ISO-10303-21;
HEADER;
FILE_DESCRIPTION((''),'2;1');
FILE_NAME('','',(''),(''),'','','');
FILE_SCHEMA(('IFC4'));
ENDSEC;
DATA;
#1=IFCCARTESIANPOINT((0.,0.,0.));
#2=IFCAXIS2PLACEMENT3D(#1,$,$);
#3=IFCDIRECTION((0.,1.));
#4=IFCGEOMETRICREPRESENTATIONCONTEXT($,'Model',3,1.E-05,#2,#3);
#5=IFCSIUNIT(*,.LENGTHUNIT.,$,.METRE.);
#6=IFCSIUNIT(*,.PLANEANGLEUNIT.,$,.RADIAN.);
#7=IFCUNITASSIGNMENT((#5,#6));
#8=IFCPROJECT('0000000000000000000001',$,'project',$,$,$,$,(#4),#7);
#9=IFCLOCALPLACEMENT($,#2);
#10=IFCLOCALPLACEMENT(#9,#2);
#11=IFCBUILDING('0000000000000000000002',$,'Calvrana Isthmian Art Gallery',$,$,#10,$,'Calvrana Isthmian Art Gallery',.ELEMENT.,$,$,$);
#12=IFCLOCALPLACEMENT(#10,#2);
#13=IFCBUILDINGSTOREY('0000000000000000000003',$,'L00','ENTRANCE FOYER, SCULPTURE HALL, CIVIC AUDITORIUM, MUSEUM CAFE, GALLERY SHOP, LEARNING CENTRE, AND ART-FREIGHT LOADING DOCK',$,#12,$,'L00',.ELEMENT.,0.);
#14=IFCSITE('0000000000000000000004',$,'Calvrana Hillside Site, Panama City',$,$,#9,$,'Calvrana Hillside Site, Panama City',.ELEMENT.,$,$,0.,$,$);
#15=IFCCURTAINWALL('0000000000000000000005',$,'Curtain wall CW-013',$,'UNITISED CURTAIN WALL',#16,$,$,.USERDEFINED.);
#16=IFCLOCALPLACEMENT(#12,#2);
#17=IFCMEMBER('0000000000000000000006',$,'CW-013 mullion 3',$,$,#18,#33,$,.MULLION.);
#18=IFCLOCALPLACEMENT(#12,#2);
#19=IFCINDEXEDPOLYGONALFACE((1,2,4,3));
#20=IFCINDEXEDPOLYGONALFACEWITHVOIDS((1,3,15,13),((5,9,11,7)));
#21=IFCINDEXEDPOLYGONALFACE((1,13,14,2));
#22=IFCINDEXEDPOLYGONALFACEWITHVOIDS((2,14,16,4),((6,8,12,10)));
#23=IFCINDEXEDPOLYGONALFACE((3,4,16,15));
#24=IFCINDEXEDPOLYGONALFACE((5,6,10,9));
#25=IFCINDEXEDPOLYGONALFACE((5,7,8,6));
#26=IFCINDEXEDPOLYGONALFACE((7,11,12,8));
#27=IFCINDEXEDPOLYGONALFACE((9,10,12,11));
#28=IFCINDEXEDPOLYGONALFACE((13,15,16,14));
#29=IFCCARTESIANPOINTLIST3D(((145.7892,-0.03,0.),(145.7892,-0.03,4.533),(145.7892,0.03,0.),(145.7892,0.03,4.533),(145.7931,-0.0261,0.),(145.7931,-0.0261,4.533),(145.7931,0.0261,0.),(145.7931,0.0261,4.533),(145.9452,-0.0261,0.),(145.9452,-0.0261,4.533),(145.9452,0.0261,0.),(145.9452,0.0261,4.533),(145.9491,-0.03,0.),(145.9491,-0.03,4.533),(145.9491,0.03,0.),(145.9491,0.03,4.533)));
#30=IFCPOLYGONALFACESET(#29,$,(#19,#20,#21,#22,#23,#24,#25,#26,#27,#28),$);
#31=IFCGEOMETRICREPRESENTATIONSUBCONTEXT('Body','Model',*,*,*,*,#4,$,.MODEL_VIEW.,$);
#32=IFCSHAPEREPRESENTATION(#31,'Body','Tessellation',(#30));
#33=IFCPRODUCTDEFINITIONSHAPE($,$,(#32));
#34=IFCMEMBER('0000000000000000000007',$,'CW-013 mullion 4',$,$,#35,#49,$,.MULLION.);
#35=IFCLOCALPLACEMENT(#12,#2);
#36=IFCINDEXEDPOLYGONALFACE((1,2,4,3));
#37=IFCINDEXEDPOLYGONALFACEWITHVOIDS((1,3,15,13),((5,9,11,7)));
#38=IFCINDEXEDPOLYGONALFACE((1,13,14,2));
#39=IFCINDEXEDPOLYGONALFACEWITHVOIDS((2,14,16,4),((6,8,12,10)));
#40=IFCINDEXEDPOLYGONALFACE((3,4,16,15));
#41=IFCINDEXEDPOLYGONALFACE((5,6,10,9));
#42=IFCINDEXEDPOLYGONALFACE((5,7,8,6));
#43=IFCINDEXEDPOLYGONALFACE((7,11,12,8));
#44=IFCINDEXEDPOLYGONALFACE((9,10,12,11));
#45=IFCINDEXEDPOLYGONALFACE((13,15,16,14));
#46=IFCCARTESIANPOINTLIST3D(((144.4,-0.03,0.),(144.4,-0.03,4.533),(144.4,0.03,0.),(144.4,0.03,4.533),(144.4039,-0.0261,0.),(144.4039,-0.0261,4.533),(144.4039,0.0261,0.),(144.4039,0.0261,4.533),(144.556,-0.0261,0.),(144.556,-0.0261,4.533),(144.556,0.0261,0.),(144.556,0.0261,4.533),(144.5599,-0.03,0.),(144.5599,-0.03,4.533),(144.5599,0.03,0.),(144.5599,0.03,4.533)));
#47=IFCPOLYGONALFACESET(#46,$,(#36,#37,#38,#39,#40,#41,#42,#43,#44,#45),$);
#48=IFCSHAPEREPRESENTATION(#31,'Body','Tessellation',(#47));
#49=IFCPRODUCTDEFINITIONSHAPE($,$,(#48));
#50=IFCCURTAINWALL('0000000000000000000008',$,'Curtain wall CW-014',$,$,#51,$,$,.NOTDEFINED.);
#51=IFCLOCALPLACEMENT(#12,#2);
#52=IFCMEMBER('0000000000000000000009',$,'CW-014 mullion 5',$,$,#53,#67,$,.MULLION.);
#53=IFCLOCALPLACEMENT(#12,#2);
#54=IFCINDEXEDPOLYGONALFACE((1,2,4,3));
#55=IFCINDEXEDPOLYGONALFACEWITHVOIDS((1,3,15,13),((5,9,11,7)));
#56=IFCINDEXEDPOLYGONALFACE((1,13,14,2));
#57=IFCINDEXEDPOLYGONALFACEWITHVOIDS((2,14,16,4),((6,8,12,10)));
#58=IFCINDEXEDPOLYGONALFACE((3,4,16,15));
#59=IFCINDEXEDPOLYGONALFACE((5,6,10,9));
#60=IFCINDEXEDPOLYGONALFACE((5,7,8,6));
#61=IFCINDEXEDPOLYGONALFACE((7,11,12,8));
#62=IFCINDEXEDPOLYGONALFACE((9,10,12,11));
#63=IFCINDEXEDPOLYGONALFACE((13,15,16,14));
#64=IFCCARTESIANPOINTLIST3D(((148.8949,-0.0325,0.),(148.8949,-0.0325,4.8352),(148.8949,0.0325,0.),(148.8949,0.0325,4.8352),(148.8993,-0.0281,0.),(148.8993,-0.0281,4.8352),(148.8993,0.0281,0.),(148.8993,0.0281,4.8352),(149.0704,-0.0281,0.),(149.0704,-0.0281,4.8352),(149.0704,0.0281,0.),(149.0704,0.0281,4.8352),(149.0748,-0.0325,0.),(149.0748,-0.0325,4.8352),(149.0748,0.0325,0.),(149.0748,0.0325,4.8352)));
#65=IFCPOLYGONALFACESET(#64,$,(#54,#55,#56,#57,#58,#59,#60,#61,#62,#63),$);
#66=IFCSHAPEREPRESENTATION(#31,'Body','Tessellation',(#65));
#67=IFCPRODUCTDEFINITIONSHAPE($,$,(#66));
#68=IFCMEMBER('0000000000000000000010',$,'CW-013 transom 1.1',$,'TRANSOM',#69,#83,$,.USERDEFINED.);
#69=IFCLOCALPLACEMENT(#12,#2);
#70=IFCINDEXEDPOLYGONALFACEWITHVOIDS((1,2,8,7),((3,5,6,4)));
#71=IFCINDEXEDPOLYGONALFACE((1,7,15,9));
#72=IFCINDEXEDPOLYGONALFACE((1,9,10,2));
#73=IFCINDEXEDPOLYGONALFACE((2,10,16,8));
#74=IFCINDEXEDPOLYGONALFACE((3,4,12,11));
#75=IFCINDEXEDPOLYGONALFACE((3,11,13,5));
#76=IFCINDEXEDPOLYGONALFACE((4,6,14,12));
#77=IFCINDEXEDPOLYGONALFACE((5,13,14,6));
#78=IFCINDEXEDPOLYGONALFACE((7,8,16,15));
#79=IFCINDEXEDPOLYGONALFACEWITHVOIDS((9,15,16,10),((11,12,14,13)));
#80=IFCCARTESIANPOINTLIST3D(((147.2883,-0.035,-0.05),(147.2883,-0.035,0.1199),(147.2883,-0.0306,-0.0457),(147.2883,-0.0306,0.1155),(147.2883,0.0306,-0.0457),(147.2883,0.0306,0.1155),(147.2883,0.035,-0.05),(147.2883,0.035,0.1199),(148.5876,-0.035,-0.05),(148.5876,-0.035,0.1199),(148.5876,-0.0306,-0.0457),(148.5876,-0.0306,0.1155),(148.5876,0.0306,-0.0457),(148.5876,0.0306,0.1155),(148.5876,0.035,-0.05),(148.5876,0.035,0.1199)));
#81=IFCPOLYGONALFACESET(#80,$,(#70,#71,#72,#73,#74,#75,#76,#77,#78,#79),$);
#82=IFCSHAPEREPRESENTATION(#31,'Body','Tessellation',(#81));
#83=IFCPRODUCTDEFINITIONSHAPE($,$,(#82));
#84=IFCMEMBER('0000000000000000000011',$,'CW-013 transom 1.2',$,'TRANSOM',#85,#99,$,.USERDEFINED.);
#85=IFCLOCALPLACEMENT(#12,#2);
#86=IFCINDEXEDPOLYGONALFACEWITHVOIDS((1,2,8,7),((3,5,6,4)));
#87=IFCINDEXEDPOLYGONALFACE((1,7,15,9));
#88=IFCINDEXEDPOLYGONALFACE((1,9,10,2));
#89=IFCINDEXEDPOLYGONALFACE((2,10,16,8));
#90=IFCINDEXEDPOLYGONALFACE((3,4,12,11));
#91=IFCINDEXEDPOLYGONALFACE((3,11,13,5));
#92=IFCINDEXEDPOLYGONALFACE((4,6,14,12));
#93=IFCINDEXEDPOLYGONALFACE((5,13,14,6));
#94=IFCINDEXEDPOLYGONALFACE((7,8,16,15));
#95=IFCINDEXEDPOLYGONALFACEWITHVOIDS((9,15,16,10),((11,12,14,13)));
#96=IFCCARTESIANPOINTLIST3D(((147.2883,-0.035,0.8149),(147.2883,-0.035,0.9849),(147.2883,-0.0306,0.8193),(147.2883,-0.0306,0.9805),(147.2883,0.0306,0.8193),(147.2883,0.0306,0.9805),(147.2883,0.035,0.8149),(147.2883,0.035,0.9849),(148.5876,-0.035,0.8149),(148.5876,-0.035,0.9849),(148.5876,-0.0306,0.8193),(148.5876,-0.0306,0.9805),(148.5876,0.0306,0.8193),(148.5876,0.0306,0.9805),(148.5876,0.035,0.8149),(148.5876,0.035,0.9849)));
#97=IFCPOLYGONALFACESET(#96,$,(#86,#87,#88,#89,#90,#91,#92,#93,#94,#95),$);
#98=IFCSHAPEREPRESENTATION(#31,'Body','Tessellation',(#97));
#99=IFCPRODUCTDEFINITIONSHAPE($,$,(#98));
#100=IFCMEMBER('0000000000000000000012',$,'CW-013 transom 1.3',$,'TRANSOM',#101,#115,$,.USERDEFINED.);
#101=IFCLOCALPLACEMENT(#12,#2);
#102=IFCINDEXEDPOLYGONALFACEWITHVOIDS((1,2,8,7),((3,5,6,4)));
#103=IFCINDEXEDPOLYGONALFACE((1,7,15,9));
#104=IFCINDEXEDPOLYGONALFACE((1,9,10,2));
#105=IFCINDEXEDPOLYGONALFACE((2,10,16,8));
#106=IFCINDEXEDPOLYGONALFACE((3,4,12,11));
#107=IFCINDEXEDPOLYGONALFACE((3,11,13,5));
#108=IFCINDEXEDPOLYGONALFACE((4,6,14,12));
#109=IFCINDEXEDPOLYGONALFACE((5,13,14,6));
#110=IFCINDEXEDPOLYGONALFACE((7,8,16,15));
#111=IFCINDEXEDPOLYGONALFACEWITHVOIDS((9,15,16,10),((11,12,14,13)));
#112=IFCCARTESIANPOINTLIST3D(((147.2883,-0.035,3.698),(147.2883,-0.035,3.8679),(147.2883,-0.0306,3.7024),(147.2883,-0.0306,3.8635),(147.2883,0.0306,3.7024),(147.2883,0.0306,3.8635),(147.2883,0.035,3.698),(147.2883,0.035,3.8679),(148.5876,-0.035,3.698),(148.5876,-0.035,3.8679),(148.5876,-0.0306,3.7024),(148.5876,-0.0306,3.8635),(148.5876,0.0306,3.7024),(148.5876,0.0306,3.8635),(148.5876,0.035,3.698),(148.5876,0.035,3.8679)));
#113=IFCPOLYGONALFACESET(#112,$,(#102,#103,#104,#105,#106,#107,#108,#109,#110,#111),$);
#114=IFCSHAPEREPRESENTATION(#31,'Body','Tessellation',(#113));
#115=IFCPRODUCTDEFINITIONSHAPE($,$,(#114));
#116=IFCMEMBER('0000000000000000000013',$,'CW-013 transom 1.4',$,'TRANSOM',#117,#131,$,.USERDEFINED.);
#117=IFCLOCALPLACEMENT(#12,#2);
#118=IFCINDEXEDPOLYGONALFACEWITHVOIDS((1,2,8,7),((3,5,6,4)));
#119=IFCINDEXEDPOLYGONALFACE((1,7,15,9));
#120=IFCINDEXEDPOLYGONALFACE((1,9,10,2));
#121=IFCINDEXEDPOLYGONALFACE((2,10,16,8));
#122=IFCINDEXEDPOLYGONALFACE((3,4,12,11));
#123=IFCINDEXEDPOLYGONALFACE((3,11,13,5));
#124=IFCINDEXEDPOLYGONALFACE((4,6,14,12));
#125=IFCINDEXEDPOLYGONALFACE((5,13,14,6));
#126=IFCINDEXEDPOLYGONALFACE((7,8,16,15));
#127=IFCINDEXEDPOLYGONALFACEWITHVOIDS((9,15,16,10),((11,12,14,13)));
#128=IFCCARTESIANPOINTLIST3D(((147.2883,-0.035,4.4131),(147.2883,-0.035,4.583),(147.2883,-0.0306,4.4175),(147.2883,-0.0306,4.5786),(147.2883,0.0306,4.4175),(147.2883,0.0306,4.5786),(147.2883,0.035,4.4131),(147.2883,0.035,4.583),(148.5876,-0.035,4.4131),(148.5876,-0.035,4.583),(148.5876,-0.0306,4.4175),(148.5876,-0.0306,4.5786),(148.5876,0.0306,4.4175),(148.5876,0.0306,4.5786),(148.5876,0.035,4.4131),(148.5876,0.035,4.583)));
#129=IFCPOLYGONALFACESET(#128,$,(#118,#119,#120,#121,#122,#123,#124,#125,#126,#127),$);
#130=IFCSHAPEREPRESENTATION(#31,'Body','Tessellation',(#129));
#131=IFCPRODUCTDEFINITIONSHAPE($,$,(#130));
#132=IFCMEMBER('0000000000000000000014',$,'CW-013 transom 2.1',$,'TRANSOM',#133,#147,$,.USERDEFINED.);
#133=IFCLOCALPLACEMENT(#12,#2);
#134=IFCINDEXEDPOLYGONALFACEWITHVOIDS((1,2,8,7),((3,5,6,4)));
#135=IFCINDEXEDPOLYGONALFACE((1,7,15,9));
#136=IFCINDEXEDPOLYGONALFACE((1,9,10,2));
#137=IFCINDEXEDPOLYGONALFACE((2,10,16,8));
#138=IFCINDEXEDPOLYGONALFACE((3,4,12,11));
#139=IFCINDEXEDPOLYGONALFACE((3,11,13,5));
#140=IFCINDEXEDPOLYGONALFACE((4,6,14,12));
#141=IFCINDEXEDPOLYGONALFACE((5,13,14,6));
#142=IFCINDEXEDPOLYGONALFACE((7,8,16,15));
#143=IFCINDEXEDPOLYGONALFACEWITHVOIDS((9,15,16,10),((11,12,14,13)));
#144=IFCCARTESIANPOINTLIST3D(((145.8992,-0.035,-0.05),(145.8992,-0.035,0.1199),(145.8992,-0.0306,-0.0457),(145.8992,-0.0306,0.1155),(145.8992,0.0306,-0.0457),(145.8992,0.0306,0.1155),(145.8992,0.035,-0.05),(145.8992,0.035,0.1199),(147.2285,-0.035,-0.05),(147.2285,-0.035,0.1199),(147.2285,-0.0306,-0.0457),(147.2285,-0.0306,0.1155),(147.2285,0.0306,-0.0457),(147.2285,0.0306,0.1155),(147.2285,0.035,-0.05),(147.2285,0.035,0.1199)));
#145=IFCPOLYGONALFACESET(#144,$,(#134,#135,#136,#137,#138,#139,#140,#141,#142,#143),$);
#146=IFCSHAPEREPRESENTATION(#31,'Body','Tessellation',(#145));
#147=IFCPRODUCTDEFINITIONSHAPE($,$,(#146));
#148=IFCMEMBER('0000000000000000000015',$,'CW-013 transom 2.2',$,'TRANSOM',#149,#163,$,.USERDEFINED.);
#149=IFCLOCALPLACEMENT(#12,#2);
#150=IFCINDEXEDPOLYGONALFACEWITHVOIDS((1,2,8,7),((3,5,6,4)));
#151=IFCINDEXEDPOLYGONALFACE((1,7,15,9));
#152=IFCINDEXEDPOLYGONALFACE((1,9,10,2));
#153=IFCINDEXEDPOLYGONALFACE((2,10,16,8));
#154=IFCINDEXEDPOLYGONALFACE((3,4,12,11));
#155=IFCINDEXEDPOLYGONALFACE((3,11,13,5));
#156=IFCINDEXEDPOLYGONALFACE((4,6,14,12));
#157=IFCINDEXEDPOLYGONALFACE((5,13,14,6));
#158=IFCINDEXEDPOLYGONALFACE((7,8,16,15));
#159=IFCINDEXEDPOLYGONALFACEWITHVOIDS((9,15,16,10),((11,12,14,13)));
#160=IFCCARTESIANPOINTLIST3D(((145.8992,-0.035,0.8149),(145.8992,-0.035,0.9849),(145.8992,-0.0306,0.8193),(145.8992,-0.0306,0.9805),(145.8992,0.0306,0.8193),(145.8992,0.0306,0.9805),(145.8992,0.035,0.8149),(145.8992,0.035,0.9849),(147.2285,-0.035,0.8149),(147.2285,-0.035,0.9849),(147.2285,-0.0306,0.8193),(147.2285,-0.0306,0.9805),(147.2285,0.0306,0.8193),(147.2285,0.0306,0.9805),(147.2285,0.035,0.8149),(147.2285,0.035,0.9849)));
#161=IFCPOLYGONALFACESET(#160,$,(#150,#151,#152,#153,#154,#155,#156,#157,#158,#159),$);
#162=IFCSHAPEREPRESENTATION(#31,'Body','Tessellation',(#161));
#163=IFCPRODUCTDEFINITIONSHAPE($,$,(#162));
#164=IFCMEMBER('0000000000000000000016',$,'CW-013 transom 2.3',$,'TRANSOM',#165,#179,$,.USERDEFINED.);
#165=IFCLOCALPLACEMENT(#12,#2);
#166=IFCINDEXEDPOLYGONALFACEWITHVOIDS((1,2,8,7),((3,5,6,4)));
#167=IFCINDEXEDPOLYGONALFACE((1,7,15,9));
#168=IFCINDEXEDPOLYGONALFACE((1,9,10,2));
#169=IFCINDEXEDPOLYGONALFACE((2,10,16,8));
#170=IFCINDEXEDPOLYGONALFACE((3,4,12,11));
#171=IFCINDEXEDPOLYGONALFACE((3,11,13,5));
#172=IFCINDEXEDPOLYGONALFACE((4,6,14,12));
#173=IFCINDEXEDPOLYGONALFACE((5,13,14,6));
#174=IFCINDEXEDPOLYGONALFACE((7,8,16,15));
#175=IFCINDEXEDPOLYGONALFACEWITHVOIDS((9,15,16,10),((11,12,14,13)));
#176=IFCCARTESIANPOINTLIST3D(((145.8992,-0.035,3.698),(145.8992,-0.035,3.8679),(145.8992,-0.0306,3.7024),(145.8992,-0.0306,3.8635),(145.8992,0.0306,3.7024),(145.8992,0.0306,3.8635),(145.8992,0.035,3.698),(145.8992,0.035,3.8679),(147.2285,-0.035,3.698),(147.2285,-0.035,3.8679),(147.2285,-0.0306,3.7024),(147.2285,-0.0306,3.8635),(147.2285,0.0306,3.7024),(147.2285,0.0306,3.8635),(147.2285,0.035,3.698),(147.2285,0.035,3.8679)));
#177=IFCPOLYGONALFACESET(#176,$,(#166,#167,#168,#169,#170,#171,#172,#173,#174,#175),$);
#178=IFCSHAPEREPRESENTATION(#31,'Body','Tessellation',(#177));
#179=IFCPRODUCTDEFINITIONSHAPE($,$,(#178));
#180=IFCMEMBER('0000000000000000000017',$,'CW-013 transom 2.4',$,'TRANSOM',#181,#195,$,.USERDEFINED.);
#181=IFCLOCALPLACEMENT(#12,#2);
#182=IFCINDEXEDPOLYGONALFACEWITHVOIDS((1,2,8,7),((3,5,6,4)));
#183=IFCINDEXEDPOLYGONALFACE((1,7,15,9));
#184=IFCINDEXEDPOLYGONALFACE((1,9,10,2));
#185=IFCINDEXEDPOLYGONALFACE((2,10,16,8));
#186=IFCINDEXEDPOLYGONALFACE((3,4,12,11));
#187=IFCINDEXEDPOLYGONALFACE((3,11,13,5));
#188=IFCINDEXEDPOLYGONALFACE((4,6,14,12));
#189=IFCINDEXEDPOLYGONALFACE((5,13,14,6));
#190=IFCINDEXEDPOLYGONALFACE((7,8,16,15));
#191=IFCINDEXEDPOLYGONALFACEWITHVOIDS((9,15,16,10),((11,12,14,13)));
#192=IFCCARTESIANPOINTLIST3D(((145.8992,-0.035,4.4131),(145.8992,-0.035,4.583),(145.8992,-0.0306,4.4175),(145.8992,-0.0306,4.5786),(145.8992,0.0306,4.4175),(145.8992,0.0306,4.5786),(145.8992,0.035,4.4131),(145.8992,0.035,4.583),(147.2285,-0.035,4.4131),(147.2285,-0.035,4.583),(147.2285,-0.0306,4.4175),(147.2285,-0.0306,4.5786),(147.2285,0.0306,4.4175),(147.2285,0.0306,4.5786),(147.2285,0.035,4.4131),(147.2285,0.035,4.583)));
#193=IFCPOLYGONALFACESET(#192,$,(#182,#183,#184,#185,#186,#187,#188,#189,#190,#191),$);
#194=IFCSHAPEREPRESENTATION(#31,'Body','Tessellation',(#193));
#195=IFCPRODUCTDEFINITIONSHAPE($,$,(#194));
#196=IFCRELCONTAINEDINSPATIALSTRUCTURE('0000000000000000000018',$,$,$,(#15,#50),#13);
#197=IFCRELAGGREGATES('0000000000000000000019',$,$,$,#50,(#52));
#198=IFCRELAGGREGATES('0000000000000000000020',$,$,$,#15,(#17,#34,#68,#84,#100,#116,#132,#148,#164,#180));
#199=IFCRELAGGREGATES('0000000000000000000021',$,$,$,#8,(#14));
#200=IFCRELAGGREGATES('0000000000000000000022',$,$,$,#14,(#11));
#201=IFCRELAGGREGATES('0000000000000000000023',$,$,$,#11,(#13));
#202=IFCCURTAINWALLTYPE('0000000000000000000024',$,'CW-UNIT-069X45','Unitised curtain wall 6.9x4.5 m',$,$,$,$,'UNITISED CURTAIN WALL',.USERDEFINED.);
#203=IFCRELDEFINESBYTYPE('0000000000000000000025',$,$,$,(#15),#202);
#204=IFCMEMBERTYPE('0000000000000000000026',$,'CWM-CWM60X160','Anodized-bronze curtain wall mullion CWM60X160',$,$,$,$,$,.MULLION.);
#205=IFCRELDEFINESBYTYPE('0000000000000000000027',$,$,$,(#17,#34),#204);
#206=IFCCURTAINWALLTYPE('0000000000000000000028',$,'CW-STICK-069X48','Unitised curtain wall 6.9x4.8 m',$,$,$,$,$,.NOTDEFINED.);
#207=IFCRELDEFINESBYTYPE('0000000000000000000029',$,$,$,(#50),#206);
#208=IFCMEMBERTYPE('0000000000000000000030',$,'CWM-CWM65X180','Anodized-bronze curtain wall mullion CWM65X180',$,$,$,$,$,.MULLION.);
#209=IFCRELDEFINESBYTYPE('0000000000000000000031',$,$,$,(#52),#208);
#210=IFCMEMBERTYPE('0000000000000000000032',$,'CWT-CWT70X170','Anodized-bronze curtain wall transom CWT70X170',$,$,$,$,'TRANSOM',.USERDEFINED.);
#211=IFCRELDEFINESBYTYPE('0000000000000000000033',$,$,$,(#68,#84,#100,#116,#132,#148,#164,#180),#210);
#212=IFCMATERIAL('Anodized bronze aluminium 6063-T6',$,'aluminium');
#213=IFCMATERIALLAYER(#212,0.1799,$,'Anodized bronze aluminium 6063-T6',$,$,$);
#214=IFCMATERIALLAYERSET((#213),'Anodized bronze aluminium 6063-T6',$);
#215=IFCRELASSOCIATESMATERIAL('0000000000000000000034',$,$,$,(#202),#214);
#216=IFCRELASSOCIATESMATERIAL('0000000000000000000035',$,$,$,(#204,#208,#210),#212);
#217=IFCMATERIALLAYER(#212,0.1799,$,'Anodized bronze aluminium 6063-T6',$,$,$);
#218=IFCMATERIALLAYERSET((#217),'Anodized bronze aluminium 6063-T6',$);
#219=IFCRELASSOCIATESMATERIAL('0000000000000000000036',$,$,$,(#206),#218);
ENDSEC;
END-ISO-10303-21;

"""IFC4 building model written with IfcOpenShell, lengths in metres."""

from ifc_helpers import new_model, si_unit, direction, frame, origin, origin_2d, place, context, subcontext, project, spatial, hollow_rectangle, extrude, material, layer, layer_set, material_profile, profile_set, type_object, element, aggregate, save


model = new_model("IFC4")

# Units and contexts
model_context = context("Model", 3, precision=1e-05, world=origin(), true_north=direction((0.0, 1.0)))
body_context = subcontext(model_context, "Body", "Model", "MODEL_VIEW")
ifc_project = project(units=[si_unit("LENGTHUNIT", "METRE"), si_unit("PLANEANGLEUNIT", "RADIAN")], contexts=[model_context])

# Site, building, storey
site_placement = place(None, origin())
site = spatial("IfcSite", under=ifc_project, at=site_placement, Name="Calvrana Hillside Site, Panama City", LongName="Calvrana Hillside Site, Panama City", CompositionType="ELEMENT", RefElevation=0.0)
building_placement = place(site_placement, origin())
building = spatial("IfcBuilding", under=site, at=building_placement, Name="Calvrana Isthmian Art Gallery", LongName="Calvrana Isthmian Art Gallery", CompositionType="ELEMENT")
storey_placement = place(building_placement, origin())
storey = spatial("IfcBuildingStorey", under=building, at=storey_placement, Name="L00", Description="ENTRANCE FOYER, SCULPTURE HALL, CIVIC AUDITORIUM, MUSEUM CAFE, GALLERY SHOP, LEARNING CENTRE, AND ART-FREIGHT LOADING DOCK", LongName="L00", CompositionType="ELEMENT", Elevation=0.0)

# Curtain wall, members
ifc_material_1 = material(Name="Anodized bronze aluminium 6063-T6", Category="aluminium")
ifc_layer_1 = layer(ifc_material_1, 0.1799, Name="Anodized bronze aluminium 6063-T6")
ifc_layer_set_1 = layer_set([ifc_layer_1], Name="Anodized bronze aluminium 6063-T6")
curtain_wall_type_1 = type_object("IfcCurtainWallType", Name="CW-UNIT-069X45", Description="Unitised curtain wall 6.9x4.5 m", ElementType="UNITISED CURTAIN WALL", PredefinedType="USERDEFINED", material=ifc_layer_set_1)
curtain_wall_1_placement = place(storey_placement, origin())
curtain_wall_1 = element("IfcCurtainWall", 1, at=curtain_wall_1_placement, inside=storey, type_object=curtain_wall_type_1, Name="Curtain wall CW-013", ObjectType="UNITISED CURTAIN WALL", PredefinedType="USERDEFINED")
ifc_material_profile_1 = material_profile(ifc_material_1, hollow_rectangle(XDim=0.0601, YDim=0.1599, WallThickness=0.0039, at=origin_2d()), Name="CWM60X160")
ifc_profile_set_1 = profile_set([ifc_material_profile_1], Name="Anodized bronze aluminium 6063-T6")
member_type_1 = type_object("IfcMemberType", Name="CWM-CWM60X160", Description="Anodized-bronze curtain wall mullion CWM60X160", PredefinedType="MULLION", material=ifc_profile_set_1)
member_1_placement = place(storey_placement, frame((145.8691, 0.0, 0.0), z_axis=(0.0, 0.0, 1.0), x_axis=(0.0, -1.0, 0.0)))
member_1 = element("IfcMember", 2, at=member_1_placement, type_object=member_type_1, Name="CW-013 mullion 3", PredefinedType="MULLION", context=body_context, shape_type="SweptSolid", body=[
    extrude(hollow_rectangle(XDim=0.0601, YDim=0.1599, WallThickness=0.0039, at=origin_2d()), origin(), (0.0, 0.0, 1.0), 4.533),
])
member_2_placement = place(storey_placement, frame((144.48, 0.0, 0.0), z_axis=(0.0, 0.0, 1.0), x_axis=(0.0, -1.0, 0.0)))
member_2 = element("IfcMember", 3, at=member_2_placement, type_object=member_type_1, Name="CW-013 mullion 4", PredefinedType="MULLION", context=body_context, shape_type="SweptSolid", body=[
    extrude(hollow_rectangle(XDim=0.0601, YDim=0.1599, WallThickness=0.0039, at=origin_2d()), origin(), (0.0, 0.0, 1.0), 4.533),
])

# Curtain wall, member
ifc_layer_2 = layer(ifc_material_1, 0.1799, Name="Anodized bronze aluminium 6063-T6")
ifc_layer_set_2 = layer_set([ifc_layer_2], Name="Anodized bronze aluminium 6063-T6")
curtain_wall_type_2 = type_object("IfcCurtainWallType", Name="CW-STICK-069X48", Description="Unitised curtain wall 6.9x4.8 m", PredefinedType="NOTDEFINED", material=ifc_layer_set_2)
curtain_wall_2_placement = place(storey_placement, origin())
curtain_wall_2 = element("IfcCurtainWall", 4, at=curtain_wall_2_placement, inside=storey, type_object=curtain_wall_type_2, Name="Curtain wall CW-014", PredefinedType="NOTDEFINED")
ifc_material_profile_2 = material_profile(ifc_material_1, hollow_rectangle(XDim=0.0649, YDim=0.1799, WallThickness=0.0044, at=origin_2d()), Name="CWM65X180")
ifc_profile_set_2 = profile_set([ifc_material_profile_2], Name="Anodized bronze aluminium 6063-T6")
member_type_2 = type_object("IfcMemberType", Name="CWM-CWM65X180", Description="Anodized-bronze curtain wall mullion CWM65X180", PredefinedType="MULLION", material=ifc_profile_set_2)
member_3_placement = place(storey_placement, frame((148.9849, 0.0, 0.0), z_axis=(0.0, 0.0, 1.0), x_axis=(0.0, -1.0, 0.0)))
member_3 = element("IfcMember", 5, at=member_3_placement, type_object=member_type_2, Name="CW-014 mullion 5", PredefinedType="MULLION", context=body_context, shape_type="SweptSolid", body=[
    extrude(hollow_rectangle(XDim=0.0649, YDim=0.1799, WallThickness=0.0044, at=origin_2d()), origin(), (0.0, 0.0, 1.0), 4.8352),
])
aggregate(curtain_wall_2, [member_3])

# Members
ifc_material_profile_3 = material_profile(ifc_material_1, hollow_rectangle(XDim=0.0701, YDim=0.1699, WallThickness=0.0044, at=origin_2d()), Name="CWT70X170")
ifc_profile_set_3 = profile_set([ifc_material_profile_3], Name="Anodized bronze aluminium 6063-T6")
member_type_3 = type_object("IfcMemberType", Name="CWT-CWT70X170", Description="Anodized-bronze curtain wall transom CWT70X170", ElementType="TRANSOM", PredefinedType="USERDEFINED", material=ifc_profile_set_3)
member_4_placement = place(storey_placement, frame((148.5876, 0.0, 0.0349), z_axis=(-1.0, 0.0, 0.0), x_axis=(0.0, -1.0, 0.0)))
member_4 = element("IfcMember", 6, at=member_4_placement, type_object=member_type_3, Name="CW-013 transom 1.1", ObjectType="TRANSOM", PredefinedType="USERDEFINED", context=body_context, shape_type="SweptSolid", body=[
    extrude(hollow_rectangle(XDim=0.0701, YDim=0.1699, WallThickness=0.0044, at=origin_2d()), origin(), (0.0, 0.0, 1.0), 1.2993),
])
member_5_placement = place(storey_placement, frame((148.5876, 0.0, 0.8999), z_axis=(-1.0, 0.0, 0.0), x_axis=(0.0, -1.0, 0.0)))
member_5 = element("IfcMember", 7, at=member_5_placement, type_object=member_type_3, Name="CW-013 transom 1.2", ObjectType="TRANSOM", PredefinedType="USERDEFINED", context=body_context, shape_type="SweptSolid", body=[
    extrude(hollow_rectangle(XDim=0.0701, YDim=0.1699, WallThickness=0.0044, at=origin_2d()), origin(), (0.0, 0.0, 1.0), 1.2993),
])
member_6_placement = place(storey_placement, frame((148.5876, 0.0, 3.783), z_axis=(-1.0, 0.0, 0.0), x_axis=(0.0, -1.0, 0.0)))
member_6 = element("IfcMember", 8, at=member_6_placement, type_object=member_type_3, Name="CW-013 transom 1.3", ObjectType="TRANSOM", PredefinedType="USERDEFINED", context=body_context, shape_type="SweptSolid", body=[
    extrude(hollow_rectangle(XDim=0.0701, YDim=0.1699, WallThickness=0.0044, at=origin_2d()), origin(), (0.0, 0.0, 1.0), 1.2993),
])
member_7_placement = place(storey_placement, frame((148.5876, 0.0, 4.498), z_axis=(-1.0, 0.0, 0.0), x_axis=(0.0, -1.0, 0.0)))
member_7 = element("IfcMember", 9, at=member_7_placement, type_object=member_type_3, Name="CW-013 transom 1.4", ObjectType="TRANSOM", PredefinedType="USERDEFINED", context=body_context, shape_type="SweptSolid", body=[
    extrude(hollow_rectangle(XDim=0.0701, YDim=0.1699, WallThickness=0.0044, at=origin_2d()), origin(), (0.0, 0.0, 1.0), 1.2993),
])
member_8_placement = place(storey_placement, frame((147.2285, 0.0, 0.0349), z_axis=(-1.0, 0.0, 0.0), x_axis=(0.0, -1.0, 0.0)))
member_8 = element("IfcMember", 10, at=member_8_placement, type_object=member_type_3, Name="CW-013 transom 2.1", ObjectType="TRANSOM", PredefinedType="USERDEFINED", context=body_context, shape_type="SweptSolid", body=[
    extrude(hollow_rectangle(XDim=0.0701, YDim=0.1699, WallThickness=0.0044, at=origin_2d()), origin(), (0.0, 0.0, 1.0), 1.3293),
])
member_9_placement = place(storey_placement, frame((147.2285, 0.0, 0.8999), z_axis=(-1.0, 0.0, 0.0), x_axis=(0.0, -1.0, 0.0)))
member_9 = element("IfcMember", 11, at=member_9_placement, type_object=member_type_3, Name="CW-013 transom 2.2", ObjectType="TRANSOM", PredefinedType="USERDEFINED", context=body_context, shape_type="SweptSolid", body=[
    extrude(hollow_rectangle(XDim=0.0701, YDim=0.1699, WallThickness=0.0044, at=origin_2d()), origin(), (0.0, 0.0, 1.0), 1.3293),
])
member_10_placement = place(storey_placement, frame((147.2285, 0.0, 3.783), z_axis=(-1.0, 0.0, 0.0), x_axis=(0.0, -1.0, 0.0)))
member_10 = element("IfcMember", 12, at=member_10_placement, type_object=member_type_3, Name="CW-013 transom 2.3", ObjectType="TRANSOM", PredefinedType="USERDEFINED", context=body_context, shape_type="SweptSolid", body=[
    extrude(hollow_rectangle(XDim=0.0701, YDim=0.1699, WallThickness=0.0044, at=origin_2d()), origin(), (0.0, 0.0, 1.0), 1.3293),
])
member_11_placement = place(storey_placement, frame((147.2285, 0.0, 4.498), z_axis=(-1.0, 0.0, 0.0), x_axis=(0.0, -1.0, 0.0)))
member_11 = element("IfcMember", 13, at=member_11_placement, type_object=member_type_3, Name="CW-013 transom 2.4", ObjectType="TRANSOM", PredefinedType="USERDEFINED", context=body_context, shape_type="SweptSolid", body=[
    extrude(hollow_rectangle(XDim=0.0701, YDim=0.1699, WallThickness=0.0044, at=origin_2d()), origin(), (0.0, 0.0, 1.0), 1.3293),
])

aggregate(curtain_wall_1, [member_1, member_2, member_4, member_5, member_6, member_7, member_8, member_9, member_10, member_11])

save(model, "model.ifc")
